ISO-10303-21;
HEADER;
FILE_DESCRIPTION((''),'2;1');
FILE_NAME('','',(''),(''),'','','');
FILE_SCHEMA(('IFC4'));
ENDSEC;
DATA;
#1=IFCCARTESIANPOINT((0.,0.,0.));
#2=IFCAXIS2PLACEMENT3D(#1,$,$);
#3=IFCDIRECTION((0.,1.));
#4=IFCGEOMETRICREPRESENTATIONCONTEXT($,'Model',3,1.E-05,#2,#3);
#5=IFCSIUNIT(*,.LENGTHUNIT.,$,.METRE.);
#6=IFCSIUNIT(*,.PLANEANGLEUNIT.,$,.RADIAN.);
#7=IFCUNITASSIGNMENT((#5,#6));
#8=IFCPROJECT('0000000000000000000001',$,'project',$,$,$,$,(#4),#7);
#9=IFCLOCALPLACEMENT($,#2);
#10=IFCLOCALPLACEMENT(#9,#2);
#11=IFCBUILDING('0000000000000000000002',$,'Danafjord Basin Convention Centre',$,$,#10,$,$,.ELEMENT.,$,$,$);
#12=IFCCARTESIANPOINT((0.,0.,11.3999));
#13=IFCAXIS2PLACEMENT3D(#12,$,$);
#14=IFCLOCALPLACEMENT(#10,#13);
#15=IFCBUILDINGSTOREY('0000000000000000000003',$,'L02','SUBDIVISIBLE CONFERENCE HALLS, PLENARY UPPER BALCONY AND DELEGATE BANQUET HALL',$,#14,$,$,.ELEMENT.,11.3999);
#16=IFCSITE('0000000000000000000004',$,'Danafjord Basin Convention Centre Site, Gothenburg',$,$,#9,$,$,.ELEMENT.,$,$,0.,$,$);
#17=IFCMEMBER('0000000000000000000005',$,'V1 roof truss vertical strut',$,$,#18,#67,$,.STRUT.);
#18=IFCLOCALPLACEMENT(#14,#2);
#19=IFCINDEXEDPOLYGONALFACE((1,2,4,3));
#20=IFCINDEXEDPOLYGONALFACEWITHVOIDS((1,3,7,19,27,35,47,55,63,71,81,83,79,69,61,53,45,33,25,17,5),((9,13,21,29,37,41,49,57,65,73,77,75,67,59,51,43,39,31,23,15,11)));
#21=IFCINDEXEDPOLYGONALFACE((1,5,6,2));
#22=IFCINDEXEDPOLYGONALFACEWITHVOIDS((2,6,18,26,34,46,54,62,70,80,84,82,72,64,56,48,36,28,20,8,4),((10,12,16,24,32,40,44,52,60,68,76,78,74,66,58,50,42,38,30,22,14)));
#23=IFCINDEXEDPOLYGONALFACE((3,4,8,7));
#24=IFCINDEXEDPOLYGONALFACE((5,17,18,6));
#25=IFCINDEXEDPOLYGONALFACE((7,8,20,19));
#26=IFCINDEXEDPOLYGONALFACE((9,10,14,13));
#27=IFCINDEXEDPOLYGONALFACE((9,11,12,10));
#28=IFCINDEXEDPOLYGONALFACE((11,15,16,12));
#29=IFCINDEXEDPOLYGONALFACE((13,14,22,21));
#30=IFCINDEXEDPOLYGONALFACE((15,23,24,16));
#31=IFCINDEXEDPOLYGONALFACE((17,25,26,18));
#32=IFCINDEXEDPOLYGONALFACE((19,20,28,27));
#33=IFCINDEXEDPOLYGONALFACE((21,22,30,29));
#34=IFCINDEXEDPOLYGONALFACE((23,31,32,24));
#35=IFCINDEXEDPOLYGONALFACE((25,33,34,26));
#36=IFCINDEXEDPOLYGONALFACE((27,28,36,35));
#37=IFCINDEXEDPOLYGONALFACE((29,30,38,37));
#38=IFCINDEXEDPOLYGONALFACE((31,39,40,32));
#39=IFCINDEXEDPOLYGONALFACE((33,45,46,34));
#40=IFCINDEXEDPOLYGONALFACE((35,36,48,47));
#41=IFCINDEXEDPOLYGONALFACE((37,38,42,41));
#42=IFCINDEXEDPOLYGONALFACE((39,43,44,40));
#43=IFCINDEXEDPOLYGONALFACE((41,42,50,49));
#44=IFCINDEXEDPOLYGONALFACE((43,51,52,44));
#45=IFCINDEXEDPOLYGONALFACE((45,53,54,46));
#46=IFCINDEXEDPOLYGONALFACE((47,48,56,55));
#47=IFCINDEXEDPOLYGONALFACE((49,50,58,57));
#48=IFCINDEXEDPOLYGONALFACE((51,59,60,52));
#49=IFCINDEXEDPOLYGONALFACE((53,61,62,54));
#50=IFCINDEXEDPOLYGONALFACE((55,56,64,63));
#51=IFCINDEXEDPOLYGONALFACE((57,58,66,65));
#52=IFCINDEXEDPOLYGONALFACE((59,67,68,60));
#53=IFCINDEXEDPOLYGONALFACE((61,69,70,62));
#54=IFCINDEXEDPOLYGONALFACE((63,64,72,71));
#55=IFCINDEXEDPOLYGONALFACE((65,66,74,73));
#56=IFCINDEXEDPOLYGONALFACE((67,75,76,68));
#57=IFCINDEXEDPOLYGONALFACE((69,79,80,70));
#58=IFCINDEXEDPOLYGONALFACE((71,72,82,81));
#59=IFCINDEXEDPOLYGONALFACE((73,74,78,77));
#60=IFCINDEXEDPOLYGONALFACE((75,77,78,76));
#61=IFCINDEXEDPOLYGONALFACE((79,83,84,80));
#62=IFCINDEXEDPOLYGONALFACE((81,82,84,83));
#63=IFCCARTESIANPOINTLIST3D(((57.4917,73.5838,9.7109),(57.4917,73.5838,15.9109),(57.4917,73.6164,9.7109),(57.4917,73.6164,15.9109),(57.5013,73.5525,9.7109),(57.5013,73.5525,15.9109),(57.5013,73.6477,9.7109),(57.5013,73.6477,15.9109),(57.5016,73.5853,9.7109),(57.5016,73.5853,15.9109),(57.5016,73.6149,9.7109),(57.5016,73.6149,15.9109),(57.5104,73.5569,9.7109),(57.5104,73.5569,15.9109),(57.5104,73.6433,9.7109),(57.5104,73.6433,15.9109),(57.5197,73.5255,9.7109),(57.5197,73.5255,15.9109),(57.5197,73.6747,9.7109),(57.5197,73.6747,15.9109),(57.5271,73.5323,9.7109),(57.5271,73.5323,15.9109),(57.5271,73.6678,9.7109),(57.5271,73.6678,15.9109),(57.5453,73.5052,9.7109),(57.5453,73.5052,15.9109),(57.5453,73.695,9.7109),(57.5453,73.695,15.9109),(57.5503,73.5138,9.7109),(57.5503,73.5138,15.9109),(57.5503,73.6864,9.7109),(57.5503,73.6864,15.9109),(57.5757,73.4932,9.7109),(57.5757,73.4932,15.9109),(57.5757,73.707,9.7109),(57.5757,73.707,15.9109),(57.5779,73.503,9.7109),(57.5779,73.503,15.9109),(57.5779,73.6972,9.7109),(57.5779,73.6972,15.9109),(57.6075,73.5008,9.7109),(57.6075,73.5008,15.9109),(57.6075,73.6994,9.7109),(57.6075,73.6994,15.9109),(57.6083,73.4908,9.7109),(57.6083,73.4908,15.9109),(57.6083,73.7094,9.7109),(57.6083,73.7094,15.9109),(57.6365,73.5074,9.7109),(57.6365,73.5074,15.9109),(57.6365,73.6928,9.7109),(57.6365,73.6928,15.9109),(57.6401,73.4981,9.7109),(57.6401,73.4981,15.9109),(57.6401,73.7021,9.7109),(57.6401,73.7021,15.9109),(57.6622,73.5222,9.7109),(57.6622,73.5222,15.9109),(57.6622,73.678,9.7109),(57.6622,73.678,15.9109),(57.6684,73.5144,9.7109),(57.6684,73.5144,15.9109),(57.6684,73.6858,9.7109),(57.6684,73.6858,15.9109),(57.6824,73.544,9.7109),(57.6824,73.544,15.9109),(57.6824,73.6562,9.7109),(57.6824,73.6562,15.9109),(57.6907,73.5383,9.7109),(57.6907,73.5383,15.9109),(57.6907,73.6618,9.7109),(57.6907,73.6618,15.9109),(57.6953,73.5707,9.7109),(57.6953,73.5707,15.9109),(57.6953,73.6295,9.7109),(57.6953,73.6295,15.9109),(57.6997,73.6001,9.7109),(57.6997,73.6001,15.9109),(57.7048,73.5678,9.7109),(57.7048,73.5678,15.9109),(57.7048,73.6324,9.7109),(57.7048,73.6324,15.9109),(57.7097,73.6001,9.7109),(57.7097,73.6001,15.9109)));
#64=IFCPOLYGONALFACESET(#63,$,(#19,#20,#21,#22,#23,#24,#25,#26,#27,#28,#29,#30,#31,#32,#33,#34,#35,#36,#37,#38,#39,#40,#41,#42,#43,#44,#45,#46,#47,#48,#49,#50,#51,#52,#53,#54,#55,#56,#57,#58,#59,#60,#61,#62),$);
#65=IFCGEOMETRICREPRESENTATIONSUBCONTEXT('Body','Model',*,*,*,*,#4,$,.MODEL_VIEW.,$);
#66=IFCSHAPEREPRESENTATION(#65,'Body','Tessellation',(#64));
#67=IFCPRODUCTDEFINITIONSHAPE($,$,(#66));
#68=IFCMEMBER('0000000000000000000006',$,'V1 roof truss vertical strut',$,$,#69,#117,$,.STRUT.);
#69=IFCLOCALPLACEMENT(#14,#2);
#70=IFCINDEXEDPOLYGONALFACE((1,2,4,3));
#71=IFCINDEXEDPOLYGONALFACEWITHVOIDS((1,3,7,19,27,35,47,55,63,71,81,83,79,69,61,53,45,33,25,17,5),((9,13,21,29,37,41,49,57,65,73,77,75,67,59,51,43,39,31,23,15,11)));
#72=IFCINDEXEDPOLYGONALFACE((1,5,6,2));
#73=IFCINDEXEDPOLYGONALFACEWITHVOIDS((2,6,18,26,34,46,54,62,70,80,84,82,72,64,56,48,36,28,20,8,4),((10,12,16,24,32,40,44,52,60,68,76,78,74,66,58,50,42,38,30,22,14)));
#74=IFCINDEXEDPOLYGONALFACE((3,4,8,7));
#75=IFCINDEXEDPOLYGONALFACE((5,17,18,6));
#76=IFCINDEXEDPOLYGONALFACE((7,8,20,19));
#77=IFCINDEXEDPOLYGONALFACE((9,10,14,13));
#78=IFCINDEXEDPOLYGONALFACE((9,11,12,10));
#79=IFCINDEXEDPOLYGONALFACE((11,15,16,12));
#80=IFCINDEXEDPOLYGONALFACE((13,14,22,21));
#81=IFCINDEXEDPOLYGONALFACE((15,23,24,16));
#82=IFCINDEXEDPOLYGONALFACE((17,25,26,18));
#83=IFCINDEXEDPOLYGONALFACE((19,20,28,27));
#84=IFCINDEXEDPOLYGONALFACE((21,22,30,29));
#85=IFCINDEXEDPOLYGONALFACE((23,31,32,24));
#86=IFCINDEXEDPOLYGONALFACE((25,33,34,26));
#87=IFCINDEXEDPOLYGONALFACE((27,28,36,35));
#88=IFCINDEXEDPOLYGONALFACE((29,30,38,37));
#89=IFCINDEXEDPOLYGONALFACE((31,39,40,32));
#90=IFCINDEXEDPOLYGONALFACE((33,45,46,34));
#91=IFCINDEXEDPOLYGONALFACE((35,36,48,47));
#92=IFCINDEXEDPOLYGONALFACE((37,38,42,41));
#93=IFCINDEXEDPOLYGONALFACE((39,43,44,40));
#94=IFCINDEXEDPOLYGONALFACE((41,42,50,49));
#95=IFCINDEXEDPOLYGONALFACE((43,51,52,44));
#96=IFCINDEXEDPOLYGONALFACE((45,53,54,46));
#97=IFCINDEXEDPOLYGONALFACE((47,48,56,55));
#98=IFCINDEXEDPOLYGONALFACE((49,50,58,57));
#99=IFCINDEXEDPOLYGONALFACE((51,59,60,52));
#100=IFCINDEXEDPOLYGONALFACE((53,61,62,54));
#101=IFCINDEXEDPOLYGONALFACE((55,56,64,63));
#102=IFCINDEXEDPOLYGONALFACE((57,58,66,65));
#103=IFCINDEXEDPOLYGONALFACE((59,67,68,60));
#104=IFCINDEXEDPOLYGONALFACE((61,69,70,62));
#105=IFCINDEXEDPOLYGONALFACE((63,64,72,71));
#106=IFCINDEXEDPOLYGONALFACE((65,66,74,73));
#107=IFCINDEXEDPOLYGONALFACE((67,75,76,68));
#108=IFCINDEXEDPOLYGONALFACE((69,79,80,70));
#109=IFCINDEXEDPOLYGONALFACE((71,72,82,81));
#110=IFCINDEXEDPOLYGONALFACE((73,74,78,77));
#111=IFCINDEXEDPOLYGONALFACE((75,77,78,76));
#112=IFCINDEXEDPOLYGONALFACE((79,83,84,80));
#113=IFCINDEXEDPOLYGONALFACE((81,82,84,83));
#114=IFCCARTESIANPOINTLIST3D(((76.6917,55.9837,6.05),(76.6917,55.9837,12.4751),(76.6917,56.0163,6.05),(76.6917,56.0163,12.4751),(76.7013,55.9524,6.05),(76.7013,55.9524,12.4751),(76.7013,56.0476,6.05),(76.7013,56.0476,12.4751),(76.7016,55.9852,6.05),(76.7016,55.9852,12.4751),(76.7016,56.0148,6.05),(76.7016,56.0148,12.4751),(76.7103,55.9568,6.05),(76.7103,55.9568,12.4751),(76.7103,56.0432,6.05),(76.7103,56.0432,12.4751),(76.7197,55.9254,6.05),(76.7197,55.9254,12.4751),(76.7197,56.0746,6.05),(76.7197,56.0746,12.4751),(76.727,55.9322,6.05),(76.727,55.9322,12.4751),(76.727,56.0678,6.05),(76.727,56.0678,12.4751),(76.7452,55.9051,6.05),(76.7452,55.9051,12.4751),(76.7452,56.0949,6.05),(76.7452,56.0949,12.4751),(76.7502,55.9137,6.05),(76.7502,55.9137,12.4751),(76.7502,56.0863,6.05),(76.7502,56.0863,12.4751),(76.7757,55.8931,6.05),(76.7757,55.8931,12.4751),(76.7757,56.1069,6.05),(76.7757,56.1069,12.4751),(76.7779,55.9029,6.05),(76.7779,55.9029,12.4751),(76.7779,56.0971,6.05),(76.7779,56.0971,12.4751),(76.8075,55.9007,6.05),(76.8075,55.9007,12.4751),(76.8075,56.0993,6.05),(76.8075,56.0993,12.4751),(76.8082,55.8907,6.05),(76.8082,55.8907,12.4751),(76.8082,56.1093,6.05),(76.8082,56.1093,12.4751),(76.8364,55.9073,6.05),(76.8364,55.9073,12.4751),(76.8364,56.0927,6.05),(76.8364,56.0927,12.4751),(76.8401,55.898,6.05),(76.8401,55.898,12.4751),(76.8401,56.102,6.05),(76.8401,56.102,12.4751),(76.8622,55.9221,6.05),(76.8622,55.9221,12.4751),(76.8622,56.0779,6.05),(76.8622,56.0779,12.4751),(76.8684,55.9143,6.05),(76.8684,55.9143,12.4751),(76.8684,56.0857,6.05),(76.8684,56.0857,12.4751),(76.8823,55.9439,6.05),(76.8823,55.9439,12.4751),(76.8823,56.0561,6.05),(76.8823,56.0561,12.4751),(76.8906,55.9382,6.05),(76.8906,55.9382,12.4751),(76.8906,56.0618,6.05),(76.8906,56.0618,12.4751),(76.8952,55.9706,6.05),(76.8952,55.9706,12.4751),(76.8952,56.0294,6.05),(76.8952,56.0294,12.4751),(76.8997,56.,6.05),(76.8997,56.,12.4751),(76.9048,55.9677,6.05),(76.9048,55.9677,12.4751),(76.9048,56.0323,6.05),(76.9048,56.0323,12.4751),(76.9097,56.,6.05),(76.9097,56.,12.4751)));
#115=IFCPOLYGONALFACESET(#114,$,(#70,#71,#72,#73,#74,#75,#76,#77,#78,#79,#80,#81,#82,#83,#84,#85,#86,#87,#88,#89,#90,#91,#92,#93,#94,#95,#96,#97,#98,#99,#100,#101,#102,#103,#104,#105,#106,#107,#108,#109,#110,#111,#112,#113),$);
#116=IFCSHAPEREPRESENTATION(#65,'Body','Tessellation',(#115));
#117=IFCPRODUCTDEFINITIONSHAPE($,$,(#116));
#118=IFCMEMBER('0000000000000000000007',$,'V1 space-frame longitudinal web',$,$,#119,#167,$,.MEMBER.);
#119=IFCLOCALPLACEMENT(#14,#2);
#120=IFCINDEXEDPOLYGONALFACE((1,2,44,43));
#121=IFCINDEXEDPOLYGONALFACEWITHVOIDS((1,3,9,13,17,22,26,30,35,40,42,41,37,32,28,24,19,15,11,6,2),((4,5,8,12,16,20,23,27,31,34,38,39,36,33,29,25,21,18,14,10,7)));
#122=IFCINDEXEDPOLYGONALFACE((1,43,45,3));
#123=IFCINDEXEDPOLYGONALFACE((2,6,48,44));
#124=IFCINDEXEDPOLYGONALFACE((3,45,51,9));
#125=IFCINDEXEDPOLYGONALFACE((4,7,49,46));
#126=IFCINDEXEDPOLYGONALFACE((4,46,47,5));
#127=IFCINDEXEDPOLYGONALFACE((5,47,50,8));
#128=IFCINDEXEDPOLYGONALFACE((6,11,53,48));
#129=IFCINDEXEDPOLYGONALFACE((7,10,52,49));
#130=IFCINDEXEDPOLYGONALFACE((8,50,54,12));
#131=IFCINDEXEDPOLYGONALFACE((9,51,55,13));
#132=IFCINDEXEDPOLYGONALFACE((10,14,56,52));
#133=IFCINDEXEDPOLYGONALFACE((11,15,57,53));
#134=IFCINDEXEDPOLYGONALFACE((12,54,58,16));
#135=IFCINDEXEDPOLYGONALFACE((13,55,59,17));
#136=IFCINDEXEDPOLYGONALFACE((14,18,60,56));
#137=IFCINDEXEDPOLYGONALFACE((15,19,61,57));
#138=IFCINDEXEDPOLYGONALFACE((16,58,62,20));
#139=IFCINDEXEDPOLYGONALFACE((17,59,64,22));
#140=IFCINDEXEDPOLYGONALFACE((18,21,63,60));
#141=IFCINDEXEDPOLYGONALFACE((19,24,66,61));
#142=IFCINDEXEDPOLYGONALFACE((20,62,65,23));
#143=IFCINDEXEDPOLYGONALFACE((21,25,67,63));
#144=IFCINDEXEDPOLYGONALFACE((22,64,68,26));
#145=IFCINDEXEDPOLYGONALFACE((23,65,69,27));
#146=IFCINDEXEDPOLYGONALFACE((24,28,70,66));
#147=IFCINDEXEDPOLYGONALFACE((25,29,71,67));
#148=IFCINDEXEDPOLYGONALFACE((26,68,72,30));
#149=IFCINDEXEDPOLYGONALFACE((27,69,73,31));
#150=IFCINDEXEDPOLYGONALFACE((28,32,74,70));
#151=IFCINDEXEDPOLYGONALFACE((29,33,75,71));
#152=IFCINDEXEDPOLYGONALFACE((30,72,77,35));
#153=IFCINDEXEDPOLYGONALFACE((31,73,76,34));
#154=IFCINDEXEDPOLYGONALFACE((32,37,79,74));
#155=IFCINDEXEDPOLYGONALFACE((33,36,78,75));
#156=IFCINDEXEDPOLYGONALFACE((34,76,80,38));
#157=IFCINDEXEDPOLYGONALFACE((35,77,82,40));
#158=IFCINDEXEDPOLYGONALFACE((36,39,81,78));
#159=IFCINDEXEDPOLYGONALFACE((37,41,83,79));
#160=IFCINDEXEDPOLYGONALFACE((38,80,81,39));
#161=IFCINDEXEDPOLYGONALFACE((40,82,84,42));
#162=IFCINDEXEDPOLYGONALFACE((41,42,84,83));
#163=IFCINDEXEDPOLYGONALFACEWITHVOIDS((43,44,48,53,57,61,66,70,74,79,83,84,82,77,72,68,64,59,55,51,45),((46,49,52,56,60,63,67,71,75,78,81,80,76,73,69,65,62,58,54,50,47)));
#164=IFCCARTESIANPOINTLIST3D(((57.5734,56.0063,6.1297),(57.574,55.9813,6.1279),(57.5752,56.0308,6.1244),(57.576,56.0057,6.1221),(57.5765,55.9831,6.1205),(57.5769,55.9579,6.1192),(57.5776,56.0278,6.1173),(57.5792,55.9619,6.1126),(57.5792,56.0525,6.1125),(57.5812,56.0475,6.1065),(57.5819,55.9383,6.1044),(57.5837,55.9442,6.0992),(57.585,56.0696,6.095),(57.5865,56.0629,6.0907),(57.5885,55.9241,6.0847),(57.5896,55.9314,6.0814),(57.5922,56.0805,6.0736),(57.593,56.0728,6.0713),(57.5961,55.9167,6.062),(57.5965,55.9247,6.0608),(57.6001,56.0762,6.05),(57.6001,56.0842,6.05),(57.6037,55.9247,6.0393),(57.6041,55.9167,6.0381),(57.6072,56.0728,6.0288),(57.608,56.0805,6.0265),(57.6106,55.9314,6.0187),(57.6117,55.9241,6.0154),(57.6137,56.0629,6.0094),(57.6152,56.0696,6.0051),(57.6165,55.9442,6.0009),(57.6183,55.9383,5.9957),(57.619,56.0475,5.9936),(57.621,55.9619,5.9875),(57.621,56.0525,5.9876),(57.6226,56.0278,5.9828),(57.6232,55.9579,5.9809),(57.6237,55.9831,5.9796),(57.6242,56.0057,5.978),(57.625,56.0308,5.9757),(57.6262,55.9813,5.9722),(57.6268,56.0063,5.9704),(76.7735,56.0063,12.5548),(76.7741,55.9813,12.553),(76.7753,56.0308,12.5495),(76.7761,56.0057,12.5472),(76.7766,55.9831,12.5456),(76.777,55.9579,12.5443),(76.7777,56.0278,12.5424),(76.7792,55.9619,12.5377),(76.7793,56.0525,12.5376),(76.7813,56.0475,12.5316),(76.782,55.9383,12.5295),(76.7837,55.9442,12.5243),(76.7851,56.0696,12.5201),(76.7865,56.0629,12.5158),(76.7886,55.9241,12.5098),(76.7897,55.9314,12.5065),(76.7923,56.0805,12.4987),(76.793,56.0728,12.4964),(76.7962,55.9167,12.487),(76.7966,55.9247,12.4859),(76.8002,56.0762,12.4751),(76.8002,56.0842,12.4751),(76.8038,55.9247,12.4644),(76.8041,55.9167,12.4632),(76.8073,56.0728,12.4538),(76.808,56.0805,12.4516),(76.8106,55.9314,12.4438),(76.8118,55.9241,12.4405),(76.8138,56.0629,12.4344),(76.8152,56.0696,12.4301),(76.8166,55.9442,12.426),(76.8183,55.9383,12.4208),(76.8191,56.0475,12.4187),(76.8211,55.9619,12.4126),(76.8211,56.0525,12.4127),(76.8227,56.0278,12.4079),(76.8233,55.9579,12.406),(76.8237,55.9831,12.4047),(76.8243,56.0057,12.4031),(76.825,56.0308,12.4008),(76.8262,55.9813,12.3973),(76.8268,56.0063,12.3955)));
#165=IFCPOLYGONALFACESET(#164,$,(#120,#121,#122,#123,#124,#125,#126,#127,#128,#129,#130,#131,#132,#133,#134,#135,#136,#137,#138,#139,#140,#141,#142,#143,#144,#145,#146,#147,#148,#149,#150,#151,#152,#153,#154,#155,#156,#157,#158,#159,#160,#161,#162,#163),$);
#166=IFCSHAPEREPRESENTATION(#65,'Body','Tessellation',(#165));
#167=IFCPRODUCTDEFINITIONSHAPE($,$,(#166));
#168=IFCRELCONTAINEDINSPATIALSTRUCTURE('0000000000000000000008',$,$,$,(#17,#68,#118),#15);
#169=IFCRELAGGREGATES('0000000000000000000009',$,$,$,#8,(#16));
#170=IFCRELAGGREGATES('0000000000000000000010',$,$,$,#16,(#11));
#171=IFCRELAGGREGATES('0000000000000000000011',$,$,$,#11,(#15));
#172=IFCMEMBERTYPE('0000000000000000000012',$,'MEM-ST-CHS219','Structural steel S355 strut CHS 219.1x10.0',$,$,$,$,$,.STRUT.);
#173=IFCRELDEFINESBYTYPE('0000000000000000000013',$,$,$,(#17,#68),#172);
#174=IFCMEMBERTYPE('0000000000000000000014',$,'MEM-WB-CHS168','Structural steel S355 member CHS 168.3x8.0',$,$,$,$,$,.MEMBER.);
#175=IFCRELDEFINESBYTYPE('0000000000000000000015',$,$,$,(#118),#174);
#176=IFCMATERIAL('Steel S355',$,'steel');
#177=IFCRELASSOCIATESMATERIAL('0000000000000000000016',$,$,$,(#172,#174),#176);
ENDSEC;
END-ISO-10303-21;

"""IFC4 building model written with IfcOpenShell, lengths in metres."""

from ifc_helpers import new_model, si_unit, direction, frame, origin, origin_2d, place, context, subcontext, project, spatial, hollow_circle, extrude, material, material_profile, profile_set, type_object, element, save


model = new_model("IFC4")

# Units and contexts
model_context = context("Model", 3, precision=1e-05, world=origin(), true_north=direction((0.0, 1.0)))
body_context = subcontext(model_context, "Body", "Model", "MODEL_VIEW")
ifc_project = project(units=[si_unit("LENGTHUNIT", "METRE"), si_unit("PLANEANGLEUNIT", "RADIAN")], contexts=[model_context])

# Site, building, storey
site_placement = place(None, origin())
site = spatial("IfcSite", under=ifc_project, at=site_placement, Name="Danafjord Basin Convention Centre Site, Gothenburg", CompositionType="ELEMENT", RefElevation=0.0)
building_placement = place(site_placement, origin())
building = spatial("IfcBuilding", under=site, at=building_placement, Name="Danafjord Basin Convention Centre", CompositionType="ELEMENT")
storey_placement = place(building_placement, frame((0.0, 0.0, 11.3999)))
storey = spatial("IfcBuildingStorey", under=building, at=storey_placement, Name="L02", Description="SUBDIVISIBLE CONFERENCE HALLS, PLENARY UPPER BALCONY AND DELEGATE BANQUET HALL", CompositionType="ELEMENT", Elevation=11.3999)

# Shared definitions
ifc_material_1 = material(Name="Steel S355", Category="steel")

# Members
ifc_material_profile_1 = material_profile(ifc_material_1, hollow_circle(Radius=0.1096, WallThickness=0.01, at=origin_2d()), Name="CHS 219.1x10.0")
ifc_profile_set_1 = profile_set([ifc_material_profile_1], Name="Steel S355")
member_type_1 = type_object("IfcMemberType", Name="MEM-ST-CHS219", Description="Structural steel S355 strut CHS 219.1x10.0", PredefinedType="STRUT", material=ifc_profile_set_1)
member_1_placement = place(storey_placement, frame((57.6001, 73.6001, 9.7109), z_axis=(0.0, 0.0, 1.0), x_axis=(1.0, 0.0, 0.0)))
element("IfcMember", 1, at=member_1_placement, inside=storey, type_object=member_type_1, Name="V1 roof truss vertical strut", PredefinedType="STRUT", context=body_context, shape_type="SweptSolid", body=[
    extrude(hollow_circle(Radius=0.1096, WallThickness=0.01, at=origin_2d()), origin(), (0.0, 0.0, 1.0), 6.2),
])
member_2_placement = place(storey_placement, frame((76.8, 56.0, 6.05), z_axis=(0.0, 0.0, 1.0), x_axis=(1.0, 0.0, 0.0)))
element("IfcMember", 2, at=member_2_placement, inside=storey, type_object=member_type_1, Name="V1 roof truss vertical strut", PredefinedType="STRUT", context=body_context, shape_type="SweptSolid", body=[
    extrude(hollow_circle(Radius=0.1096, WallThickness=0.01, at=origin_2d()), origin(), (0.0, 0.0, 1.0), 6.425),
])
ifc_material_profile_2 = material_profile(ifc_material_1, hollow_circle(Radius=0.0842, WallThickness=0.0081, at=origin_2d()), Name="CHS 168.3x8.0")
ifc_profile_set_2 = profile_set([ifc_material_profile_2], Name="Steel S355")
member_type_2 = type_object("IfcMemberType", Name="MEM-WB-CHS168", Description="Structural steel S355 member CHS 168.3x8.0", PredefinedType="MEMBER", material=ifc_profile_set_2)
member_3_placement = place(storey_placement, frame((57.6001, 56.0, 6.05), z_axis=(0.948311, 0.0, 0.317342), x_axis=(0.0, 1.0, 0.0)))
element("IfcMember", 3, at=member_3_placement, inside=storey, type_object=member_type_2, Name="V1 space-frame longitudinal web", PredefinedType="MEMBER", context=body_context, shape_type="SweptSolid", body=[
    extrude(hollow_circle(Radius=0.0842, WallThickness=0.0081, at=origin_2d()), origin(), (0.0, 0.0, 1.0), 20.2466),
])

save(model, "model.ifc")
